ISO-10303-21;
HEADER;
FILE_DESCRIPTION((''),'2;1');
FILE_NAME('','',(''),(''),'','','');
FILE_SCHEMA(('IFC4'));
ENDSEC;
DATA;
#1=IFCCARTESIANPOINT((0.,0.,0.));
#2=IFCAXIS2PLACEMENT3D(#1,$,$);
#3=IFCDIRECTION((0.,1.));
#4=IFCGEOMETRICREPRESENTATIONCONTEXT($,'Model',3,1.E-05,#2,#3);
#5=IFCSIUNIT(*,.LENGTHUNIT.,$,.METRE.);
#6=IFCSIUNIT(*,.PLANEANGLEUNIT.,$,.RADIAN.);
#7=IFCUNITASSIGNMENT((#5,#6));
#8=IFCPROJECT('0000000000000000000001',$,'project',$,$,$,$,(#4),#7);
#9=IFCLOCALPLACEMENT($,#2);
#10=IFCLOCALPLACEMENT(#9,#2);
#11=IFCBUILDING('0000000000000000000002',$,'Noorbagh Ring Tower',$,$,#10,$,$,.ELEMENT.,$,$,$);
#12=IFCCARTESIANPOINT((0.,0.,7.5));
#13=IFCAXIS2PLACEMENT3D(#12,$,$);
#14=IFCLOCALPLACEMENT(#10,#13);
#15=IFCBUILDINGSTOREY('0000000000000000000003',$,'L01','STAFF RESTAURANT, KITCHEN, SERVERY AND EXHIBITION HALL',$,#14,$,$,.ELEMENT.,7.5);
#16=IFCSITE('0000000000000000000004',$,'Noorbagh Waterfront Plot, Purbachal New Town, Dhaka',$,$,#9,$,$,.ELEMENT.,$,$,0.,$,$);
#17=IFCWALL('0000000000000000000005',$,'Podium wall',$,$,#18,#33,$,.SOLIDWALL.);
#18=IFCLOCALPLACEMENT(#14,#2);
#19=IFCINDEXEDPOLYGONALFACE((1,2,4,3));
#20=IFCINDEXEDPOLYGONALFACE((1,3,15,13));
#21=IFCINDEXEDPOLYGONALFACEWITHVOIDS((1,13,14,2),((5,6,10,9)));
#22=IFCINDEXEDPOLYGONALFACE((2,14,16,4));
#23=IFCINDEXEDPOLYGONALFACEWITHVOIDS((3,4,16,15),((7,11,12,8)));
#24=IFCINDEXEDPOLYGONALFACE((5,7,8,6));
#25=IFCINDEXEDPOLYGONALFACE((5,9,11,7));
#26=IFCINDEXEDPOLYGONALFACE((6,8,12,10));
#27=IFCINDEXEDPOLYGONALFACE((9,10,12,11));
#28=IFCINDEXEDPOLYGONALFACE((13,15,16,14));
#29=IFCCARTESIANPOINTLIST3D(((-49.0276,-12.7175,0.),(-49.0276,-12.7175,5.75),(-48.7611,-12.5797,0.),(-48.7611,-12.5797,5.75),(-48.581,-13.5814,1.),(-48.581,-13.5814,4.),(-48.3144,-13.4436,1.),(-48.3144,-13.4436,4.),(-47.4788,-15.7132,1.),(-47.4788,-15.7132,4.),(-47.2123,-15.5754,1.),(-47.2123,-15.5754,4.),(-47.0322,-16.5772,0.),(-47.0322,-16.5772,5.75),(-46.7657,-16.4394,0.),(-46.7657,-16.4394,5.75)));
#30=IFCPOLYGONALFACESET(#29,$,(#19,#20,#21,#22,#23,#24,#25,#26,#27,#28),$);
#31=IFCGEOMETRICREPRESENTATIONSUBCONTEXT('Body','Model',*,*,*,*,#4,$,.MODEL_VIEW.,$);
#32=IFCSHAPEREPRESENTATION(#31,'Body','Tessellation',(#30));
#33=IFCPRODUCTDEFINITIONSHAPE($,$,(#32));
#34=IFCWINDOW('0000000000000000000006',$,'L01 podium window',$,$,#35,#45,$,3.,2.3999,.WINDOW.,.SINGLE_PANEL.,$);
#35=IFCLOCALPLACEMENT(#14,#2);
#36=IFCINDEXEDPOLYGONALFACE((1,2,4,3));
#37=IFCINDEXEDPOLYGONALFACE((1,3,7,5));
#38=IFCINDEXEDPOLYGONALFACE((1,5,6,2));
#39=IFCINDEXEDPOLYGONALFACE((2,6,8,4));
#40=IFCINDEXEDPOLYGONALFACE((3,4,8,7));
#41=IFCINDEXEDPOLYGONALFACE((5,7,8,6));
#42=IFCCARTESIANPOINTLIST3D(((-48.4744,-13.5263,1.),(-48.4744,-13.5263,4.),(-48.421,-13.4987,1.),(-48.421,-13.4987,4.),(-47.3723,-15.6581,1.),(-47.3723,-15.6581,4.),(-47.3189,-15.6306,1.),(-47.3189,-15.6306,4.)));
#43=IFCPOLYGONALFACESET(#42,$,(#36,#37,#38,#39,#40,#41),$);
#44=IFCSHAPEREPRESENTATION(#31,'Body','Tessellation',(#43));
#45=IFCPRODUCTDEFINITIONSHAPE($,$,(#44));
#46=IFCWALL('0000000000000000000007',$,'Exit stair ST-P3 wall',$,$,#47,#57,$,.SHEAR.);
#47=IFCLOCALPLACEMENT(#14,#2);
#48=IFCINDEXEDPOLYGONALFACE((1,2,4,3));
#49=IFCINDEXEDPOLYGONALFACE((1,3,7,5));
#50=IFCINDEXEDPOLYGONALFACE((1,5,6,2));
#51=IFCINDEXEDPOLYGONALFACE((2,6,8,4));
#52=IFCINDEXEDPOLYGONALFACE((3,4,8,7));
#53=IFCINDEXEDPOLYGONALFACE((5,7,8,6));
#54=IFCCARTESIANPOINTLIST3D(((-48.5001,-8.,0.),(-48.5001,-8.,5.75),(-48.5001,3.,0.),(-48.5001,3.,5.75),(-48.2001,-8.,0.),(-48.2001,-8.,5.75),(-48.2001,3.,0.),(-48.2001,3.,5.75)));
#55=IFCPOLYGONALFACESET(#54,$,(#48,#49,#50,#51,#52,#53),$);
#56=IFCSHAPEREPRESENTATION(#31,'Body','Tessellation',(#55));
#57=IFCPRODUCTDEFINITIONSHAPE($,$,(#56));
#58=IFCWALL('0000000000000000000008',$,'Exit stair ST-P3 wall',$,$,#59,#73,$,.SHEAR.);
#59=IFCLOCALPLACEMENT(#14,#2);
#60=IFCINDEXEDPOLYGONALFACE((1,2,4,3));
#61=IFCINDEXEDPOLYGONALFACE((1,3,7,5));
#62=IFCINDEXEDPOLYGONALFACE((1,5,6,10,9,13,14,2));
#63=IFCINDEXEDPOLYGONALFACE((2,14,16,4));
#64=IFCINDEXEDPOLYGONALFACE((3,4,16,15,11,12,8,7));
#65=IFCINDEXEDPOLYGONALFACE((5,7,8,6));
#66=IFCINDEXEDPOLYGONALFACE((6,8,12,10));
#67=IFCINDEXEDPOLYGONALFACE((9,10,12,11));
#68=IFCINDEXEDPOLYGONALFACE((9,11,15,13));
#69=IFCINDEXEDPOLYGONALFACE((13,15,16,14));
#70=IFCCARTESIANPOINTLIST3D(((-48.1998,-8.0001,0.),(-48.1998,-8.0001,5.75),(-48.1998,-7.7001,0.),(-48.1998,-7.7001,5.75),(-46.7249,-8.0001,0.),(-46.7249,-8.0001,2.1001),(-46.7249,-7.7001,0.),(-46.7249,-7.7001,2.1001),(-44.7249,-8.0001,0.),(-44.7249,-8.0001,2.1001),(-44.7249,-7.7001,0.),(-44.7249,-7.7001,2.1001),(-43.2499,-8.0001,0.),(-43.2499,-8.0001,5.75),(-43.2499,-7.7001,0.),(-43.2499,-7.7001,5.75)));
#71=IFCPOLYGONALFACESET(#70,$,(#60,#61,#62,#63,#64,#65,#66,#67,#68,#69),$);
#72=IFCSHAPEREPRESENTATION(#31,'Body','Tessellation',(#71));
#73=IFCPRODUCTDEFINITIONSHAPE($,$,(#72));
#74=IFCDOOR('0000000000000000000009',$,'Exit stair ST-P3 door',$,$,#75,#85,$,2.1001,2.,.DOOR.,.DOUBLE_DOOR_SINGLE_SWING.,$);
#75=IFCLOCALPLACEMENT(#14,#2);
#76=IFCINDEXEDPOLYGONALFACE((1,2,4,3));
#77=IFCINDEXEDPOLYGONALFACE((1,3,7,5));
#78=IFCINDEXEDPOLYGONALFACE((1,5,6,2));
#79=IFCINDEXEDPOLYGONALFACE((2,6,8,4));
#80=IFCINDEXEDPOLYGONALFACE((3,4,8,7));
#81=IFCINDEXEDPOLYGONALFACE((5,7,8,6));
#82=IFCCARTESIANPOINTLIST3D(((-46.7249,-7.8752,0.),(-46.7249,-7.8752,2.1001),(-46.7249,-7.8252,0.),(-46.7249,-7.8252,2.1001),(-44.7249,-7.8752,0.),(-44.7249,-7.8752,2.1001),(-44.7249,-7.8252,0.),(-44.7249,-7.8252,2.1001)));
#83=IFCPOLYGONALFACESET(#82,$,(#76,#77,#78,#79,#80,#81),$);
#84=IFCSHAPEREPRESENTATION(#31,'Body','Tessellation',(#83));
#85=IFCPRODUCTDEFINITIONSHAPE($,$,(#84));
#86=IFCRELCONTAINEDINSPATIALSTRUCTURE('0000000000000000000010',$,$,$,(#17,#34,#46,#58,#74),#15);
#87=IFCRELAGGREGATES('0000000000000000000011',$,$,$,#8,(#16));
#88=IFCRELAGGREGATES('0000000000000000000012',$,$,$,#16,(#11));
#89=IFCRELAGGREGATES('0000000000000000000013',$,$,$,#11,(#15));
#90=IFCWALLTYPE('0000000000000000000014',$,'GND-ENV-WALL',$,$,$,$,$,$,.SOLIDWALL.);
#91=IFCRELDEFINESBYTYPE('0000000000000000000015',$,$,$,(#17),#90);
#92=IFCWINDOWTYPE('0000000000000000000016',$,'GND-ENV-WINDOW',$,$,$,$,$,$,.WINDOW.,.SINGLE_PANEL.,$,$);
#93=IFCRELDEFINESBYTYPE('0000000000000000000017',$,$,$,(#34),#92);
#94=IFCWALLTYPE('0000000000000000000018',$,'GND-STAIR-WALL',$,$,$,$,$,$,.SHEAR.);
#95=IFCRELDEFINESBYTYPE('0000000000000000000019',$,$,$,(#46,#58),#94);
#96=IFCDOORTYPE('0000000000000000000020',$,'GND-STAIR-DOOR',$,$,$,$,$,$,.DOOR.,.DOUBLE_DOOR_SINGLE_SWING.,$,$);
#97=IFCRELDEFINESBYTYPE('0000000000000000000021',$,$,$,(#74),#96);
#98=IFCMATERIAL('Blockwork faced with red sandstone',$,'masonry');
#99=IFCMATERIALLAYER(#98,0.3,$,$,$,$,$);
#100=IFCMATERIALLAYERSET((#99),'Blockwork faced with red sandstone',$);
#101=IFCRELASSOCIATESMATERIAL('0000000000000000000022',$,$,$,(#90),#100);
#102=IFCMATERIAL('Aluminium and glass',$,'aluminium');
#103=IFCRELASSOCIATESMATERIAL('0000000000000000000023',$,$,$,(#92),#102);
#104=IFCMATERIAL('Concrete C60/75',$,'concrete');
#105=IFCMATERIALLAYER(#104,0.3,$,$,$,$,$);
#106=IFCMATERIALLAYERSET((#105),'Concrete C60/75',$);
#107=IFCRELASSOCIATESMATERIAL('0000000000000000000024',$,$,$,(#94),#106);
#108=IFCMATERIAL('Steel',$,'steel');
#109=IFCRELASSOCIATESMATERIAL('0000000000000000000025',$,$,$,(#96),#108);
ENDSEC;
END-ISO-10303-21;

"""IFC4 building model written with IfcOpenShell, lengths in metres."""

from ifc_helpers import new_model, si_unit, direction, frame, frame_2d, origin, place, context, subcontext, project, spatial, rectangle, extrude, material, layer, layer_set, type_object, element, fill, save


model = new_model("IFC4")

# Units and contexts
model_context = context("Model", 3, precision=1e-05, world=origin(), true_north=direction((0.0, 1.0)))
body_context = subcontext(model_context, "Body", "Model", "MODEL_VIEW")
ifc_project = project(units=[si_unit("LENGTHUNIT", "METRE"), si_unit("PLANEANGLEUNIT", "RADIAN")], contexts=[model_context])

# Site, building, storey
site_placement = place(None, origin())
site = spatial("IfcSite", under=ifc_project, at=site_placement, Name="Noorbagh Waterfront Plot, Purbachal New Town, Dhaka", CompositionType="ELEMENT", RefElevation=0.0)
building_placement = place(site_placement, origin())
building = spatial("IfcBuilding", under=site, at=building_placement, Name="Noorbagh Ring Tower", CompositionType="ELEMENT")
storey_placement = place(building_placement, frame((0.0, 0.0, 7.5)))
storey = spatial("IfcBuildingStorey", under=building, at=storey_placement, Name="L01", Description="STAFF RESTAURANT, KITCHEN, SERVERY AND EXHIBITION HALL", CompositionType="ELEMENT", Elevation=7.5)

# Wall, opening, window
ifc_material_1 = material(Name="Blockwork faced with red sandstone", Category="masonry")
ifc_layer_1 = layer(ifc_material_1, 0.3)
ifc_layer_set_1 = layer_set([ifc_layer_1], Name="Blockwork faced with red sandstone")
wall_type_1 = type_object("IfcWallType", Name="GND-ENV-WALL", PredefinedType="SOLIDWALL", material=ifc_layer_set_1)
ifc_material_2 = material(Name="Aluminium and glass", Category="aluminium")
window_type = type_object("IfcWindowType", Name="GND-ENV-WINDOW", PartitioningType="SINGLE_PANEL", PredefinedType="WINDOW", material=ifc_material_2)
wall_1_placement = place(storey_placement, frame((-48.8943, -12.6487, 0.0), z_axis=(0.0, 0.0, 1.0), x_axis=(0.459243, -0.888311, 0.0)))
wall_1 = element("IfcWall", 1, at=wall_1_placement, inside=storey, type_object=wall_type_1, Name="Podium wall", PredefinedType="SOLIDWALL", context=body_context, shape_type="SweptSolid", body=[
    extrude(rectangle(XDim=4.345, YDim=0.3, at=frame_2d((2.1724, 0.0))), origin(), (0.0, 0.0, 1.0), 5.75),
])
opening_1_placement = place(wall_1_placement, frame((0.9724, 0.0, 1.0)))
opening_1 = element("IfcOpeningElement", 2, at=opening_1_placement, cuts=wall_1, PredefinedType="OPENING", context=body_context, shape_type="SweptSolid", body=[
    extrude(rectangle(XDim=2.3999, YDim=3.0, at=frame_2d((1.2, 1.5))), frame((0.0, 0.1602, 0.0), z_axis=(0.0, -1.0, 0.0), x_axis=(1.0, 0.0, 0.0)), (0.0, 0.0, 1.0), 0.3201),
])
window_1_placement = place(opening_1_placement, origin())
window_1 = element("IfcWindow", 3, at=window_1_placement, inside=storey, type_object=window_type, Name="L01 podium window", OverallHeight=3.0, OverallWidth=2.3999, PartitioningType="SINGLE_PANEL", PredefinedType="WINDOW", context=body_context, shape_type="SweptSolid", body=[
    extrude(rectangle(XDim=2.3999, YDim=3.0, at=frame_2d((1.2, 1.5))), frame((0.0, 0.03, 0.0), z_axis=(0.0, -1.0, 0.0), x_axis=(1.0, 0.0, 0.0)), (0.0, 0.0, 1.0), 0.0601),
])
fill(opening_1, window_1)

# Wall
ifc_material_3 = material(Name="Concrete C60/75", Category="concrete")
ifc_layer_2 = layer(ifc_material_3, 0.3)
ifc_layer_set_2 = layer_set([ifc_layer_2], Name="Concrete C60/75")
wall_type_2 = type_object("IfcWallType", Name="GND-STAIR-WALL", PredefinedType="SHEAR", material=ifc_layer_set_2)
wall_2_placement = place(storey_placement, frame((-48.3501, -8.0, 0.0), z_axis=(0.0, 0.0, 1.0), x_axis=(0.0, 1.0, 0.0)))
element("IfcWall", 4, at=wall_2_placement, inside=storey, type_object=wall_type_2, Name="Exit stair ST-P3 wall", PredefinedType="SHEAR", context=body_context, shape_type="SweptSolid", body=[
    extrude(rectangle(XDim=11.0, YDim=0.3, at=frame_2d((5.5, 0.0))), origin(), (0.0, 0.0, 1.0), 5.75),
])

# Wall, opening, door
wall_3_placement = place(storey_placement, frame((-48.2, -7.8501, 0.0), z_axis=(0.0, 0.0, 1.0), x_axis=(1.0, 0.0, 0.0)))
wall_3 = element("IfcWall", 5, at=wall_3_placement, inside=storey, type_object=wall_type_2, Name="Exit stair ST-P3 wall", PredefinedType="SHEAR", context=body_context, shape_type="SweptSolid", body=[
    extrude(rectangle(XDim=4.95, YDim=0.3, at=frame_2d((2.4751, 0.0))), origin(), (0.0, 0.0, 1.0), 5.75),
])
opening_2_placement = place(wall_3_placement, frame((1.4751, 0.0, 0.0)))
opening_2 = element("IfcOpeningElement", 6, at=opening_2_placement, cuts=wall_3, PredefinedType="OPENING", context=body_context, shape_type="SweptSolid", body=[
    extrude(rectangle(XDim=2.0, YDim=2.1001, at=frame_2d((1.0, 1.05))), frame((0.0, 0.1602, 0.0), z_axis=(0.0, -1.0, 0.0), x_axis=(1.0, 0.0, 0.0)), (0.0, 0.0, 1.0), 0.3201),
])
ifc_material_4 = material(Name="Steel", Category="steel")
door_type = type_object("IfcDoorType", Name="GND-STAIR-DOOR", OperationType="DOUBLE_DOOR_SINGLE_SWING", PredefinedType="DOOR", material=ifc_material_4)
door_placement = place(opening_2_placement, origin())
door = element("IfcDoor", 7, at=door_placement, inside=storey, type_object=door_type, Name="Exit stair ST-P3 door", OperationType="DOUBLE_DOOR_SINGLE_SWING", OverallHeight=2.1001, OverallWidth=2.0, PredefinedType="DOOR", context=body_context, shape_type="SweptSolid", body=[
    extrude(rectangle(XDim=2.0, YDim=2.1001, at=frame_2d((1.0, 1.05))), frame((0.0, 0.0249, 0.0), z_axis=(0.0, -1.0, 0.0), x_axis=(1.0, 0.0, 0.0)), (0.0, 0.0, 1.0), 0.05),
])
fill(opening_2, door)

save(model, "model.ifc")
